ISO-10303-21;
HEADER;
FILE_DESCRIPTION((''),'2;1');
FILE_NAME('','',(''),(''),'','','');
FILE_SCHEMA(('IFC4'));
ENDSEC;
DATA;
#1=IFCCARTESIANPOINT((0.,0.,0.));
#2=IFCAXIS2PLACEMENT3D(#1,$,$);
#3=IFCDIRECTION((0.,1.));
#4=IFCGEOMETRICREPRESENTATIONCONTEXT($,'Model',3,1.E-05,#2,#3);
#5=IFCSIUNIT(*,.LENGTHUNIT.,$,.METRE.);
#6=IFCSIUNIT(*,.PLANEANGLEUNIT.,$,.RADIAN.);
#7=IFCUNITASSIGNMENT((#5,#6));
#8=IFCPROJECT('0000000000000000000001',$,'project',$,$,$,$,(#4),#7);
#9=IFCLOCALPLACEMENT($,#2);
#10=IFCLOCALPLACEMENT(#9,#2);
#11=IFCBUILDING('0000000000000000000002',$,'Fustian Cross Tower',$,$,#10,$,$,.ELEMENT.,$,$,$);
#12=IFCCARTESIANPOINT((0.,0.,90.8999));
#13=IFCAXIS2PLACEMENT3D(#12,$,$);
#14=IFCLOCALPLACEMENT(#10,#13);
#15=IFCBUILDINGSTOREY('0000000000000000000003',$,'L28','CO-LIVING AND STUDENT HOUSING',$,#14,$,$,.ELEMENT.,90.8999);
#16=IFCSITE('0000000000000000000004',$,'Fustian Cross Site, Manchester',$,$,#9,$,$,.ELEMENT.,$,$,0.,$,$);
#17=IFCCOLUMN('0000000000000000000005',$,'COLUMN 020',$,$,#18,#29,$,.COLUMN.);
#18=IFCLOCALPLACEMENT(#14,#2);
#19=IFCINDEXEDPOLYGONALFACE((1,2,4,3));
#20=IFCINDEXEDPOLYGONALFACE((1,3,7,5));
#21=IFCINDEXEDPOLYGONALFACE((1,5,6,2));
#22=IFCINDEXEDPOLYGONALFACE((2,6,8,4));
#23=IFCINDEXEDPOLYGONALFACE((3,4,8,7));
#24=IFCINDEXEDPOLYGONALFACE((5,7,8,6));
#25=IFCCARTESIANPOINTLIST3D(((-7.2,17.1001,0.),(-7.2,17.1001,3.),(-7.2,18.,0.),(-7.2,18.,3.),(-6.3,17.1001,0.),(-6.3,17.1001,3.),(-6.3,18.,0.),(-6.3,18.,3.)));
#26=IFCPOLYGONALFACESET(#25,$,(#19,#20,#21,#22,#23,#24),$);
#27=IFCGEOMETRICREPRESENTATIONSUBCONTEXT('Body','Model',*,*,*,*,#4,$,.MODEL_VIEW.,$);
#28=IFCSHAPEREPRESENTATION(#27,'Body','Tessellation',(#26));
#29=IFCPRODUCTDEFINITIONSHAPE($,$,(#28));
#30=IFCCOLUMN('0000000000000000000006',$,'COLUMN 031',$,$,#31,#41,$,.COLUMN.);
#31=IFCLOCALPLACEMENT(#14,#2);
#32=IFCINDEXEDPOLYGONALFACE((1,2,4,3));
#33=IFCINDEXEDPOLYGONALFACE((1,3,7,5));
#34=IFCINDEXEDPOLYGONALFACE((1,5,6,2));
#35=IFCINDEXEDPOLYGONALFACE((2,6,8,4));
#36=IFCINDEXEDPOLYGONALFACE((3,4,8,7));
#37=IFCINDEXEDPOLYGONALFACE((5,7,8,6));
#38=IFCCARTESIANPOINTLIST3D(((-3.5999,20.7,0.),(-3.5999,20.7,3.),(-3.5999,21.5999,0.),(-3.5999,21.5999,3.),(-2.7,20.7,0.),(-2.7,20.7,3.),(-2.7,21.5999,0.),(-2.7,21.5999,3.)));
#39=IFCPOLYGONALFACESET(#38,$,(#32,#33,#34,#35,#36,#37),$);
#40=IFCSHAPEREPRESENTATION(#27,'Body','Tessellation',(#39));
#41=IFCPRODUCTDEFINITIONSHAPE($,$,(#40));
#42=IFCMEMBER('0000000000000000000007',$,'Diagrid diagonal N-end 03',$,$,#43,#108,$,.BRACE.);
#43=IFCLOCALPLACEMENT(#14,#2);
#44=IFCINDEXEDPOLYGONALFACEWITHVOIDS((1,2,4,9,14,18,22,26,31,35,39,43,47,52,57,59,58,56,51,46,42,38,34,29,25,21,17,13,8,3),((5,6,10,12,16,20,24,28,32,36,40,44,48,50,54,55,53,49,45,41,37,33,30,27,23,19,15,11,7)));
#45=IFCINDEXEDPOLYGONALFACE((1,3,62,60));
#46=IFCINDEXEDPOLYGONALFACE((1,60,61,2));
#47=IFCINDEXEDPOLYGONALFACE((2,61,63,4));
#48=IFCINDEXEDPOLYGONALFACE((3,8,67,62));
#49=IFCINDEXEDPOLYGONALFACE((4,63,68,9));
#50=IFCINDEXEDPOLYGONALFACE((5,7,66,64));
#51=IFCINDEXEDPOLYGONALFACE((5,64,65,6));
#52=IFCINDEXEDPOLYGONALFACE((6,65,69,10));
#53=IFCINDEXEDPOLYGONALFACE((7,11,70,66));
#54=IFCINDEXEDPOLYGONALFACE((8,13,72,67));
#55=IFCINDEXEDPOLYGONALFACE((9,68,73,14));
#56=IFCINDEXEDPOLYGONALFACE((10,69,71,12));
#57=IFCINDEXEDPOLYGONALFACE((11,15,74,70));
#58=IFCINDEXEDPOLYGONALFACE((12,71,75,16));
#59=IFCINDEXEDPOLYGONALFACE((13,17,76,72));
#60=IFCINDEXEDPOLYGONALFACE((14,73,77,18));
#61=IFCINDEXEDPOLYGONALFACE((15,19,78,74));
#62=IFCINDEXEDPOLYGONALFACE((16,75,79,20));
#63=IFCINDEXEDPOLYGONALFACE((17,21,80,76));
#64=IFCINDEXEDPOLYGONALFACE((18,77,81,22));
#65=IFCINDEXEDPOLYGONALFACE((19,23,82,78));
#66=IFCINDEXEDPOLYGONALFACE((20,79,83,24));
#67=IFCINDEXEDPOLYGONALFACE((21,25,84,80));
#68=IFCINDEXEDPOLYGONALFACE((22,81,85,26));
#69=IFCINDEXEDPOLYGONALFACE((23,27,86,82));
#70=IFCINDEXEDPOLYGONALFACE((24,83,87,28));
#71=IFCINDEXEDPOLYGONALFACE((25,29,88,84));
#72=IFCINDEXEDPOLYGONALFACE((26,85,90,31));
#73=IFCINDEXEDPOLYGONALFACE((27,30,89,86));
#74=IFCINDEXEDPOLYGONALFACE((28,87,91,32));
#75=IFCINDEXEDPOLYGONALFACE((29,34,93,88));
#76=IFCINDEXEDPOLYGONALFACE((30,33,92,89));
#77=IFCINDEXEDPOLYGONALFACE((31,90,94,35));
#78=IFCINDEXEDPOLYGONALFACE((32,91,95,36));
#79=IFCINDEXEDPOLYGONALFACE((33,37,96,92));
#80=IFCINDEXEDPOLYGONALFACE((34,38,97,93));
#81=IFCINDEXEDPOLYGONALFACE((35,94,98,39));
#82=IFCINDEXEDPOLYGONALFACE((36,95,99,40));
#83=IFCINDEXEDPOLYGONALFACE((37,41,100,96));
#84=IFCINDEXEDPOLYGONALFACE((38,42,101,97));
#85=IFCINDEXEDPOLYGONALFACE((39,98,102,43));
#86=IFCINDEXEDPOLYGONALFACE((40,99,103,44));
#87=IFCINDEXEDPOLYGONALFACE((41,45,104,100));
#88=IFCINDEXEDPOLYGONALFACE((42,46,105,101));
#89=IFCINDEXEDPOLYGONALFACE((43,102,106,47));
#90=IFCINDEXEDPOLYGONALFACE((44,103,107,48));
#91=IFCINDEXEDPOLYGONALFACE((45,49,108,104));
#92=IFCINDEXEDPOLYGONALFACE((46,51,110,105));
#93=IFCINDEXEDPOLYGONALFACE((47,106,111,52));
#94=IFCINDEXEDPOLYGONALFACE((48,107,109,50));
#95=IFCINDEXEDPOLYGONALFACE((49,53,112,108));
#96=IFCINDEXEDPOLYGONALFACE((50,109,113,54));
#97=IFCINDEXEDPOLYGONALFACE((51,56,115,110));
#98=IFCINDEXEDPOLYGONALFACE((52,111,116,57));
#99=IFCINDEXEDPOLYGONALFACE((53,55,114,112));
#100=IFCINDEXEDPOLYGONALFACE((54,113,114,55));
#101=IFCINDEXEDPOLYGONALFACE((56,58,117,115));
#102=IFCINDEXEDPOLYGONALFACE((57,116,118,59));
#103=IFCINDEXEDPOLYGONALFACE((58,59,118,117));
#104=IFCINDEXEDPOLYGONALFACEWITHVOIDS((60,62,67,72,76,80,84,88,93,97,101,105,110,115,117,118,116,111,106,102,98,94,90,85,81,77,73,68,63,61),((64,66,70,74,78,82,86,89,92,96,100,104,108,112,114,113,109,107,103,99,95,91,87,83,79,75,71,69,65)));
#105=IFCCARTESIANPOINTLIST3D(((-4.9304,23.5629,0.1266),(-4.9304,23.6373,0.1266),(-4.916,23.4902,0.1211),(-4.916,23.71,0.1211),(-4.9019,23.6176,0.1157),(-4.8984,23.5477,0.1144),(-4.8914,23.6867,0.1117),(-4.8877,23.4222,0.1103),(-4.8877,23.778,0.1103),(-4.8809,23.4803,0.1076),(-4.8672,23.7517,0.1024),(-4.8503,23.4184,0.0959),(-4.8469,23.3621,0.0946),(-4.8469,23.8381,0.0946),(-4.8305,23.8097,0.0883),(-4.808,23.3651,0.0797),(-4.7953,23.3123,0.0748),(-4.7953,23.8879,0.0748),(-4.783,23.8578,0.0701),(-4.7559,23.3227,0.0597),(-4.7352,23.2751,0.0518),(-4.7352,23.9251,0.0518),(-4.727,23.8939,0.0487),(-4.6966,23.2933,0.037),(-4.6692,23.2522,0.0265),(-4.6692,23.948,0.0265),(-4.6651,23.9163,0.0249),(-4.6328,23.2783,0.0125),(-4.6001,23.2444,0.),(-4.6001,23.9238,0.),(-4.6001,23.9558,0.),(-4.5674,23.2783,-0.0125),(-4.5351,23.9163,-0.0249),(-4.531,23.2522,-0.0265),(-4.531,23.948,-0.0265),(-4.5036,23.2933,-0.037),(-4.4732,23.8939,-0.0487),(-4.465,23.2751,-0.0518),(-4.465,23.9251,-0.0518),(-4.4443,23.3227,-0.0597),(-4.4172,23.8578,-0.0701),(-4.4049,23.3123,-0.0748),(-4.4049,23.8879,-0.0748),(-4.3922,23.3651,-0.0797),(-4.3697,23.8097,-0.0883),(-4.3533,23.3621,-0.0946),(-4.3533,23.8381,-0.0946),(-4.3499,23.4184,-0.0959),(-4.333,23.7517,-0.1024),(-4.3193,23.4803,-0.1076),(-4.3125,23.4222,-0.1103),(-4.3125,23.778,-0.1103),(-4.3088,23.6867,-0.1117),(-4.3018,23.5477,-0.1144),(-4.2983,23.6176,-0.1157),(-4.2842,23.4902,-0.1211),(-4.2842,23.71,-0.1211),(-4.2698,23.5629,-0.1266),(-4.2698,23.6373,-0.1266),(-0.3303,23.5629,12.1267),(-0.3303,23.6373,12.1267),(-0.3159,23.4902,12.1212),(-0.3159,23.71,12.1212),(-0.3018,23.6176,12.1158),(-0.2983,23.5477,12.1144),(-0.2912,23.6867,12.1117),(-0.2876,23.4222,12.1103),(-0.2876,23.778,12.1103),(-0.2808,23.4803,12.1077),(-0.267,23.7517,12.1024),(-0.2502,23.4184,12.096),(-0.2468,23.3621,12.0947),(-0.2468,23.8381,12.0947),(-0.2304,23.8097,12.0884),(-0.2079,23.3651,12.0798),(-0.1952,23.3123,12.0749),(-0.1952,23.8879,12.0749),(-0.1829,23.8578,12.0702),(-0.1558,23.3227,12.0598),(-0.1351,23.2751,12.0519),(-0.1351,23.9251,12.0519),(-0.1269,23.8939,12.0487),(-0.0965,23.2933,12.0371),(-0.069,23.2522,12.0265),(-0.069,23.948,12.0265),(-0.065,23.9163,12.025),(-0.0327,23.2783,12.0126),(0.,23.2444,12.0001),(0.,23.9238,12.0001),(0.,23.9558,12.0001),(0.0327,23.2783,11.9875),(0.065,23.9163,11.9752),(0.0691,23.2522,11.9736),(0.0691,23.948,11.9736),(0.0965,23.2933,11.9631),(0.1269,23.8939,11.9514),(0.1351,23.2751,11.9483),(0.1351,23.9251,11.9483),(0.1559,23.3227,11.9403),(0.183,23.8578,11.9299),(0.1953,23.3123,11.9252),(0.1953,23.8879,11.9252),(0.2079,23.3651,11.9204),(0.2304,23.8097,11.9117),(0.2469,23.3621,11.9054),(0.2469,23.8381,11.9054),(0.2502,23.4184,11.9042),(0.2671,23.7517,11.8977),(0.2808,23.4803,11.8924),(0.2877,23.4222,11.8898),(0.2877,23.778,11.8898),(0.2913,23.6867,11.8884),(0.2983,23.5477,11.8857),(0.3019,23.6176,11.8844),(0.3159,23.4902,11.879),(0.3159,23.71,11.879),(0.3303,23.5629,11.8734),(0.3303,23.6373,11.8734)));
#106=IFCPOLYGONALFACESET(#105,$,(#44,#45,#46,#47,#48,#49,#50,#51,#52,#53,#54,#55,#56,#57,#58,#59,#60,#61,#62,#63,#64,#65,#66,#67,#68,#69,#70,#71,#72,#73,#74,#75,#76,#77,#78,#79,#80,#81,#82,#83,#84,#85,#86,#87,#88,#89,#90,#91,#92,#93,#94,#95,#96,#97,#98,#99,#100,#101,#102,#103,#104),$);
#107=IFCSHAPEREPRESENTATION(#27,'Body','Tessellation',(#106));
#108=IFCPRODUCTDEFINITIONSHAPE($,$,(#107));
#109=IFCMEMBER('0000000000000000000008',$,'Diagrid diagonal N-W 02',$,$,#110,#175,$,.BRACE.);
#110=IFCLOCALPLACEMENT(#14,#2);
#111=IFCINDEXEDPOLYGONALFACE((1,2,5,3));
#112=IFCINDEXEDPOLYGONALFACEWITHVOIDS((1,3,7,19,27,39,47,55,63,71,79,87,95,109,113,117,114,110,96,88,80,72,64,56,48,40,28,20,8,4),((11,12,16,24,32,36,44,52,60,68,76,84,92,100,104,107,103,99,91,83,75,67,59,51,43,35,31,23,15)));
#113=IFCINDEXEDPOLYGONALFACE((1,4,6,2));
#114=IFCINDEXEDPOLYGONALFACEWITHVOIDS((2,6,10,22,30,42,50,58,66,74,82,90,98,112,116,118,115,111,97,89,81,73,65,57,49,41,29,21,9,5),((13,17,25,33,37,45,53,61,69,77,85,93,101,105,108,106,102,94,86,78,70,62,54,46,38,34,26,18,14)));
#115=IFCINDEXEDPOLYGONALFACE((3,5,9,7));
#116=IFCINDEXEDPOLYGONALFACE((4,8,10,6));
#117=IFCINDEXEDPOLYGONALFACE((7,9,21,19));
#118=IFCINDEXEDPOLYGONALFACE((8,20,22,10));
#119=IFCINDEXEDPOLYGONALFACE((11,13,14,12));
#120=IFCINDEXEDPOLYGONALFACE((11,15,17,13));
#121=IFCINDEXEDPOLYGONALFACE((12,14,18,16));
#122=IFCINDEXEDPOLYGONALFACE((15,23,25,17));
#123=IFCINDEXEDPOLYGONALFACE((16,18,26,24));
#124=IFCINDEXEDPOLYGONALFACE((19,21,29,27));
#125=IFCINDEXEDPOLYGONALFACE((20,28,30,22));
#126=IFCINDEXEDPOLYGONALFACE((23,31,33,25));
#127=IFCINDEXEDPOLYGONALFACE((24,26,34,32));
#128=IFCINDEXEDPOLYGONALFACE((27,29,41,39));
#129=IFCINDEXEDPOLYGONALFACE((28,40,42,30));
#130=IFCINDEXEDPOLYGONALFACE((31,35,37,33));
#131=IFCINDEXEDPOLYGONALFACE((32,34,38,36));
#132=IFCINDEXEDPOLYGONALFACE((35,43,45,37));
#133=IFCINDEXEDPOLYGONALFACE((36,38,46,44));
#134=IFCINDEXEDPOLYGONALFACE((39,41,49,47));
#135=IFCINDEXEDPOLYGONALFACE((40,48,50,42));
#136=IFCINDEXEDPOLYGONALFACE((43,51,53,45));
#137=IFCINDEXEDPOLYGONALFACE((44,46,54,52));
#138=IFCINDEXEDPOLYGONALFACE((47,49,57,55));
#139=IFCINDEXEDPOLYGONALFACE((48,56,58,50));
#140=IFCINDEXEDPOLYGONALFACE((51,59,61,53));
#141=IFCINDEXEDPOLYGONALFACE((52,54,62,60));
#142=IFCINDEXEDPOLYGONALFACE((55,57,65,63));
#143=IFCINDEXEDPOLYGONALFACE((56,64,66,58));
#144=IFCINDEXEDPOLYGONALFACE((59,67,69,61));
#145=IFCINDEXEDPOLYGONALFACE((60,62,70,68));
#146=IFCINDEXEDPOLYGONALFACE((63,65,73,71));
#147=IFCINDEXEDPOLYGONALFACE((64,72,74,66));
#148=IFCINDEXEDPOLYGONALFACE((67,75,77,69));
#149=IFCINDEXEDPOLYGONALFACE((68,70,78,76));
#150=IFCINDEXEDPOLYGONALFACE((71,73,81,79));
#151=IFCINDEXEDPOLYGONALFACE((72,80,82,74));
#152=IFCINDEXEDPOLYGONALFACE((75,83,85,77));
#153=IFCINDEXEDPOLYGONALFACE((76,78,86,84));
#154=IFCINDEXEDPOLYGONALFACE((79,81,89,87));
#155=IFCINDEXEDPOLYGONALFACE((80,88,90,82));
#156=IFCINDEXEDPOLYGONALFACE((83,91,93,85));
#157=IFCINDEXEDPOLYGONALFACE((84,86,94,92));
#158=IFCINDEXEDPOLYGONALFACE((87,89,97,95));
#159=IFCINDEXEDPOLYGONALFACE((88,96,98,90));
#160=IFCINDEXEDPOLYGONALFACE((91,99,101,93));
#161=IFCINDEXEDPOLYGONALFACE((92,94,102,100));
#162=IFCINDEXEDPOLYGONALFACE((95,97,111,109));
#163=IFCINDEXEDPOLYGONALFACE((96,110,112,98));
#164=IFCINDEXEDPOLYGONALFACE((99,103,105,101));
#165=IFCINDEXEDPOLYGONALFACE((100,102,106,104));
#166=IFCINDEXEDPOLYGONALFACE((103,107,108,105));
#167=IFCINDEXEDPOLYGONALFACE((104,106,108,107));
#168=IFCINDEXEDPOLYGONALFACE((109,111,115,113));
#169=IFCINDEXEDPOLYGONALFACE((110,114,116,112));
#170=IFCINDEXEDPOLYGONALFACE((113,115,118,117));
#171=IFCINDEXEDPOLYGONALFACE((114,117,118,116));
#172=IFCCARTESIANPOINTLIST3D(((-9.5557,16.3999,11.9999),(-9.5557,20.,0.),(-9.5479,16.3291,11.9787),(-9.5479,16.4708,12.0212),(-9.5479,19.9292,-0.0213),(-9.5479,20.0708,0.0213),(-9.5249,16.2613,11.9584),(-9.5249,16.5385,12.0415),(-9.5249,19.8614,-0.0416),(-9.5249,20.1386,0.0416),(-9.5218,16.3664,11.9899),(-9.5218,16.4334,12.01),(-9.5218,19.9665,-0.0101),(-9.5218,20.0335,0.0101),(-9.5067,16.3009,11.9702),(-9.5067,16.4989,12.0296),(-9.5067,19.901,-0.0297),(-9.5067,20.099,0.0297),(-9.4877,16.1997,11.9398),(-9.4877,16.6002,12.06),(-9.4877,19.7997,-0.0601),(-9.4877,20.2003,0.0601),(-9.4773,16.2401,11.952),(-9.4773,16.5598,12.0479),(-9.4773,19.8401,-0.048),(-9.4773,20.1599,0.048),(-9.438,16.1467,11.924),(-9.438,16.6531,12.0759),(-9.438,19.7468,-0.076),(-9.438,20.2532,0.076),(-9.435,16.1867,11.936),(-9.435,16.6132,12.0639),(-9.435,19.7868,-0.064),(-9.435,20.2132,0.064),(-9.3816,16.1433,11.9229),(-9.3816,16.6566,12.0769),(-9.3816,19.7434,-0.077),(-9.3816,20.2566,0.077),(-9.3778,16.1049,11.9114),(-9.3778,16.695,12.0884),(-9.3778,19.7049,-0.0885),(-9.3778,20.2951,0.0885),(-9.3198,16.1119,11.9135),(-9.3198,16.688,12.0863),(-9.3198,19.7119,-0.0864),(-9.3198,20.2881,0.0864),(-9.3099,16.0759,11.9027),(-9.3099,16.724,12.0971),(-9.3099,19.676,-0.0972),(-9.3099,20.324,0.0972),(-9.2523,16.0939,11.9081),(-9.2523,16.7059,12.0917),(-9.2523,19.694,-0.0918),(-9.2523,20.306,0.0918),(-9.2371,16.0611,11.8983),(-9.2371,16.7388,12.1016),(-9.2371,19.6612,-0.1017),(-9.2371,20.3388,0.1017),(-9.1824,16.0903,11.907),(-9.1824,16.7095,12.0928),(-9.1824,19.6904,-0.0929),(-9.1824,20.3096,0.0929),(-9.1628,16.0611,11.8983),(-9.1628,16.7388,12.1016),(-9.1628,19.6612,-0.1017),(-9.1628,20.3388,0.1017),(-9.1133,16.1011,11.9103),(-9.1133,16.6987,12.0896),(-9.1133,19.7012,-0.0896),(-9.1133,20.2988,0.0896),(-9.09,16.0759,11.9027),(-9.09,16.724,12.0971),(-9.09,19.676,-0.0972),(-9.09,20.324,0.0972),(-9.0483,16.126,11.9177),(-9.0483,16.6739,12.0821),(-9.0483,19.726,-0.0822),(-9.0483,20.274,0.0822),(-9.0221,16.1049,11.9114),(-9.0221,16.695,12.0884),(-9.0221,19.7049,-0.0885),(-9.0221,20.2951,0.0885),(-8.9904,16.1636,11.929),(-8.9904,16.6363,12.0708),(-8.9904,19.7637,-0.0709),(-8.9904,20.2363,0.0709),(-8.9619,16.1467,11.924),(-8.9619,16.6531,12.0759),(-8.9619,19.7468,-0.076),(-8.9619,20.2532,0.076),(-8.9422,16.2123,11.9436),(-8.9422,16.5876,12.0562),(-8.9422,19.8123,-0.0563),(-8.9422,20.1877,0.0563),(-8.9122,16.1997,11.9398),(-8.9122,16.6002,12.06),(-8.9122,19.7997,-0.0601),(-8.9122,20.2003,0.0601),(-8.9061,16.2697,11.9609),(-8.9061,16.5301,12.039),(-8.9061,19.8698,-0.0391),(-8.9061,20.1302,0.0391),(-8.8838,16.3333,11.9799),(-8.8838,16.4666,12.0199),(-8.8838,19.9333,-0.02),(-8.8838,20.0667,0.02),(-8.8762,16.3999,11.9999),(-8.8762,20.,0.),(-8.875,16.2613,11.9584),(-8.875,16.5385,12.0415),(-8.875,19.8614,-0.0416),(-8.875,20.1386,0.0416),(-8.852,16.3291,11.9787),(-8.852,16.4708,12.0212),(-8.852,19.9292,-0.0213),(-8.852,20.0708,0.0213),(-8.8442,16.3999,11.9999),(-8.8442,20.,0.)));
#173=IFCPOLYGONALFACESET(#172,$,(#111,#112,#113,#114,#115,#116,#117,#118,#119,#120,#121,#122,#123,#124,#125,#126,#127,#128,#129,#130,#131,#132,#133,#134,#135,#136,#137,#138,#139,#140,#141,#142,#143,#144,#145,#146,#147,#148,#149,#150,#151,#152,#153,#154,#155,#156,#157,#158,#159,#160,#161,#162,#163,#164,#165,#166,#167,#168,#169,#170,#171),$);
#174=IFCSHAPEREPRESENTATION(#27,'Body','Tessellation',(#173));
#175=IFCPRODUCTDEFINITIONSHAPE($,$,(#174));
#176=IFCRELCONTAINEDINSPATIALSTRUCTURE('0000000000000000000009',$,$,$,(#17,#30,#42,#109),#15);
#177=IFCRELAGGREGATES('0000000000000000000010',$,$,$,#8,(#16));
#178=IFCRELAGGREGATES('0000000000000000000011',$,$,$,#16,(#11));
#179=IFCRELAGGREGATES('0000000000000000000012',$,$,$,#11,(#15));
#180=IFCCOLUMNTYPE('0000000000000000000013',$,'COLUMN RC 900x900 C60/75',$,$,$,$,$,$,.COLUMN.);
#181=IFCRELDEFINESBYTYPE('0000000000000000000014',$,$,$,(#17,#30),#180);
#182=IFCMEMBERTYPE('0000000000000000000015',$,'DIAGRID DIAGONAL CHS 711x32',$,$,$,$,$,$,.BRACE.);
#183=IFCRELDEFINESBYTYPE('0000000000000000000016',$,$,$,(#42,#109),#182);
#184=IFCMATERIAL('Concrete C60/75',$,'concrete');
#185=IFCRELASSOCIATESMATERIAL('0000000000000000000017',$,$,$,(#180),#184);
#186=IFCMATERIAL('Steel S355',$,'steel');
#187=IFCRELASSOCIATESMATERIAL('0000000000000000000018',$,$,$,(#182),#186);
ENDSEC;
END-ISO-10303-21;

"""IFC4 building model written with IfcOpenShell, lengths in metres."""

from ifc_helpers import new_model, si_unit, direction, frame, origin, origin_2d, place, context, subcontext, project, spatial, rectangle, hollow_circle, extrude, material, material_profile, profile_set, type_object, element, save


model = new_model("IFC4")

# Units and contexts
model_context = context("Model", 3, precision=1e-05, world=origin(), true_north=direction((0.0, 1.0)))
body_context = subcontext(model_context, "Body", "Model", "MODEL_VIEW")
ifc_project = project(units=[si_unit("LENGTHUNIT", "METRE"), si_unit("PLANEANGLEUNIT", "RADIAN")], contexts=[model_context])

# Site, building, storey
site_placement = place(None, origin())
site = spatial("IfcSite", under=ifc_project, at=site_placement, Name="Fustian Cross Site, Manchester", CompositionType="ELEMENT", RefElevation=0.0)
building_placement = place(site_placement, origin())
building = spatial("IfcBuilding", under=site, at=building_placement, Name="Fustian Cross Tower", CompositionType="ELEMENT")
storey_placement = place(building_placement, frame((0.0, 0.0, 90.8999)))
storey = spatial("IfcBuildingStorey", under=building, at=storey_placement, Name="L28", Description="CO-LIVING AND STUDENT HOUSING", CompositionType="ELEMENT", Elevation=90.8999)

# Columns
ifc_material_1 = material(Name="Concrete C60/75", Category="concrete")
ifc_material_profile_1 = material_profile(ifc_material_1, rectangle(XDim=0.8999, YDim=0.8999, at=origin_2d()), Name="RC 900x900")
ifc_profile_set_1 = profile_set([ifc_material_profile_1], Name="Concrete C60/75")
column_type = type_object("IfcColumnType", Name="COLUMN RC 900x900 C60/75", PredefinedType="COLUMN", material=ifc_profile_set_1)
for number, where, z_axis, x_axis, name in (
    (1, (-6.75, 17.55, 0.0), (0.0, 0.0, 1.0), (1.0, 0.0, 0.0), "COLUMN 020"),
    (2, (-3.1499, 21.1499, 0.0), (0.0, 0.0, 1.0), (1.0, 0.0, 0.0), "COLUMN 031"),
):
    element("IfcColumn", number, at=place(storey_placement, frame(where, z_axis=z_axis, x_axis=x_axis)), inside=storey, type_object=column_type, Name=name, PredefinedType="COLUMN", context=body_context, shape_type="SweptSolid", body=[
        extrude(rectangle(XDim=0.8999, YDim=0.8999, at=origin_2d()), origin(), (0.0, 0.0, 1.0), 3.0),
    ])

# Members
ifc_material_2 = material(Name="Steel S355", Category="steel")
ifc_material_profile_2 = material_profile(ifc_material_2, hollow_circle(Radius=0.3557, WallThickness=0.032, at=origin_2d()), Name="CHS 711x32")
ifc_profile_set_2 = profile_set([ifc_material_profile_2], Name="Steel S355")
member_type_1 = type_object("IfcMemberType", Name="DIAGRID DIAGONAL CHS 711x32", PredefinedType="BRACE", material=ifc_profile_set_2)
member_1_placement = place(storey_placement, frame((-4.6001, 23.6001, 0.0), z_axis=(0.357943, 0.0, 0.933744), x_axis=(0.0, 1.0, 0.0)))
element("IfcMember", 3, at=member_1_placement, inside=storey, type_object=member_type_1, Name="Diagrid diagonal N-end 03", PredefinedType="BRACE", context=body_context, shape_type="SweptSolid", body=[
    extrude(hollow_circle(Radius=0.3557, WallThickness=0.032, at=origin_2d()), origin(), (0.0, 0.0, 1.0), 12.8516),
])
member_2_placement = place(storey_placement, frame((-9.2, 20.0, 0.0), z_axis=(0.0, -0.287355, 0.957824), x_axis=(1.0, 0.0, 0.0)))
element("IfcMember", 4, at=member_2_placement, inside=storey, type_object=member_type_1, Name="Diagrid diagonal N-W 02", PredefinedType="BRACE", context=body_context, shape_type="SweptSolid", body=[
    extrude(hollow_circle(Radius=0.3557, WallThickness=0.032, at=origin_2d()), origin(), (0.0, 0.0, 1.0), 12.5283),
])

save(model, "model.ifc")
